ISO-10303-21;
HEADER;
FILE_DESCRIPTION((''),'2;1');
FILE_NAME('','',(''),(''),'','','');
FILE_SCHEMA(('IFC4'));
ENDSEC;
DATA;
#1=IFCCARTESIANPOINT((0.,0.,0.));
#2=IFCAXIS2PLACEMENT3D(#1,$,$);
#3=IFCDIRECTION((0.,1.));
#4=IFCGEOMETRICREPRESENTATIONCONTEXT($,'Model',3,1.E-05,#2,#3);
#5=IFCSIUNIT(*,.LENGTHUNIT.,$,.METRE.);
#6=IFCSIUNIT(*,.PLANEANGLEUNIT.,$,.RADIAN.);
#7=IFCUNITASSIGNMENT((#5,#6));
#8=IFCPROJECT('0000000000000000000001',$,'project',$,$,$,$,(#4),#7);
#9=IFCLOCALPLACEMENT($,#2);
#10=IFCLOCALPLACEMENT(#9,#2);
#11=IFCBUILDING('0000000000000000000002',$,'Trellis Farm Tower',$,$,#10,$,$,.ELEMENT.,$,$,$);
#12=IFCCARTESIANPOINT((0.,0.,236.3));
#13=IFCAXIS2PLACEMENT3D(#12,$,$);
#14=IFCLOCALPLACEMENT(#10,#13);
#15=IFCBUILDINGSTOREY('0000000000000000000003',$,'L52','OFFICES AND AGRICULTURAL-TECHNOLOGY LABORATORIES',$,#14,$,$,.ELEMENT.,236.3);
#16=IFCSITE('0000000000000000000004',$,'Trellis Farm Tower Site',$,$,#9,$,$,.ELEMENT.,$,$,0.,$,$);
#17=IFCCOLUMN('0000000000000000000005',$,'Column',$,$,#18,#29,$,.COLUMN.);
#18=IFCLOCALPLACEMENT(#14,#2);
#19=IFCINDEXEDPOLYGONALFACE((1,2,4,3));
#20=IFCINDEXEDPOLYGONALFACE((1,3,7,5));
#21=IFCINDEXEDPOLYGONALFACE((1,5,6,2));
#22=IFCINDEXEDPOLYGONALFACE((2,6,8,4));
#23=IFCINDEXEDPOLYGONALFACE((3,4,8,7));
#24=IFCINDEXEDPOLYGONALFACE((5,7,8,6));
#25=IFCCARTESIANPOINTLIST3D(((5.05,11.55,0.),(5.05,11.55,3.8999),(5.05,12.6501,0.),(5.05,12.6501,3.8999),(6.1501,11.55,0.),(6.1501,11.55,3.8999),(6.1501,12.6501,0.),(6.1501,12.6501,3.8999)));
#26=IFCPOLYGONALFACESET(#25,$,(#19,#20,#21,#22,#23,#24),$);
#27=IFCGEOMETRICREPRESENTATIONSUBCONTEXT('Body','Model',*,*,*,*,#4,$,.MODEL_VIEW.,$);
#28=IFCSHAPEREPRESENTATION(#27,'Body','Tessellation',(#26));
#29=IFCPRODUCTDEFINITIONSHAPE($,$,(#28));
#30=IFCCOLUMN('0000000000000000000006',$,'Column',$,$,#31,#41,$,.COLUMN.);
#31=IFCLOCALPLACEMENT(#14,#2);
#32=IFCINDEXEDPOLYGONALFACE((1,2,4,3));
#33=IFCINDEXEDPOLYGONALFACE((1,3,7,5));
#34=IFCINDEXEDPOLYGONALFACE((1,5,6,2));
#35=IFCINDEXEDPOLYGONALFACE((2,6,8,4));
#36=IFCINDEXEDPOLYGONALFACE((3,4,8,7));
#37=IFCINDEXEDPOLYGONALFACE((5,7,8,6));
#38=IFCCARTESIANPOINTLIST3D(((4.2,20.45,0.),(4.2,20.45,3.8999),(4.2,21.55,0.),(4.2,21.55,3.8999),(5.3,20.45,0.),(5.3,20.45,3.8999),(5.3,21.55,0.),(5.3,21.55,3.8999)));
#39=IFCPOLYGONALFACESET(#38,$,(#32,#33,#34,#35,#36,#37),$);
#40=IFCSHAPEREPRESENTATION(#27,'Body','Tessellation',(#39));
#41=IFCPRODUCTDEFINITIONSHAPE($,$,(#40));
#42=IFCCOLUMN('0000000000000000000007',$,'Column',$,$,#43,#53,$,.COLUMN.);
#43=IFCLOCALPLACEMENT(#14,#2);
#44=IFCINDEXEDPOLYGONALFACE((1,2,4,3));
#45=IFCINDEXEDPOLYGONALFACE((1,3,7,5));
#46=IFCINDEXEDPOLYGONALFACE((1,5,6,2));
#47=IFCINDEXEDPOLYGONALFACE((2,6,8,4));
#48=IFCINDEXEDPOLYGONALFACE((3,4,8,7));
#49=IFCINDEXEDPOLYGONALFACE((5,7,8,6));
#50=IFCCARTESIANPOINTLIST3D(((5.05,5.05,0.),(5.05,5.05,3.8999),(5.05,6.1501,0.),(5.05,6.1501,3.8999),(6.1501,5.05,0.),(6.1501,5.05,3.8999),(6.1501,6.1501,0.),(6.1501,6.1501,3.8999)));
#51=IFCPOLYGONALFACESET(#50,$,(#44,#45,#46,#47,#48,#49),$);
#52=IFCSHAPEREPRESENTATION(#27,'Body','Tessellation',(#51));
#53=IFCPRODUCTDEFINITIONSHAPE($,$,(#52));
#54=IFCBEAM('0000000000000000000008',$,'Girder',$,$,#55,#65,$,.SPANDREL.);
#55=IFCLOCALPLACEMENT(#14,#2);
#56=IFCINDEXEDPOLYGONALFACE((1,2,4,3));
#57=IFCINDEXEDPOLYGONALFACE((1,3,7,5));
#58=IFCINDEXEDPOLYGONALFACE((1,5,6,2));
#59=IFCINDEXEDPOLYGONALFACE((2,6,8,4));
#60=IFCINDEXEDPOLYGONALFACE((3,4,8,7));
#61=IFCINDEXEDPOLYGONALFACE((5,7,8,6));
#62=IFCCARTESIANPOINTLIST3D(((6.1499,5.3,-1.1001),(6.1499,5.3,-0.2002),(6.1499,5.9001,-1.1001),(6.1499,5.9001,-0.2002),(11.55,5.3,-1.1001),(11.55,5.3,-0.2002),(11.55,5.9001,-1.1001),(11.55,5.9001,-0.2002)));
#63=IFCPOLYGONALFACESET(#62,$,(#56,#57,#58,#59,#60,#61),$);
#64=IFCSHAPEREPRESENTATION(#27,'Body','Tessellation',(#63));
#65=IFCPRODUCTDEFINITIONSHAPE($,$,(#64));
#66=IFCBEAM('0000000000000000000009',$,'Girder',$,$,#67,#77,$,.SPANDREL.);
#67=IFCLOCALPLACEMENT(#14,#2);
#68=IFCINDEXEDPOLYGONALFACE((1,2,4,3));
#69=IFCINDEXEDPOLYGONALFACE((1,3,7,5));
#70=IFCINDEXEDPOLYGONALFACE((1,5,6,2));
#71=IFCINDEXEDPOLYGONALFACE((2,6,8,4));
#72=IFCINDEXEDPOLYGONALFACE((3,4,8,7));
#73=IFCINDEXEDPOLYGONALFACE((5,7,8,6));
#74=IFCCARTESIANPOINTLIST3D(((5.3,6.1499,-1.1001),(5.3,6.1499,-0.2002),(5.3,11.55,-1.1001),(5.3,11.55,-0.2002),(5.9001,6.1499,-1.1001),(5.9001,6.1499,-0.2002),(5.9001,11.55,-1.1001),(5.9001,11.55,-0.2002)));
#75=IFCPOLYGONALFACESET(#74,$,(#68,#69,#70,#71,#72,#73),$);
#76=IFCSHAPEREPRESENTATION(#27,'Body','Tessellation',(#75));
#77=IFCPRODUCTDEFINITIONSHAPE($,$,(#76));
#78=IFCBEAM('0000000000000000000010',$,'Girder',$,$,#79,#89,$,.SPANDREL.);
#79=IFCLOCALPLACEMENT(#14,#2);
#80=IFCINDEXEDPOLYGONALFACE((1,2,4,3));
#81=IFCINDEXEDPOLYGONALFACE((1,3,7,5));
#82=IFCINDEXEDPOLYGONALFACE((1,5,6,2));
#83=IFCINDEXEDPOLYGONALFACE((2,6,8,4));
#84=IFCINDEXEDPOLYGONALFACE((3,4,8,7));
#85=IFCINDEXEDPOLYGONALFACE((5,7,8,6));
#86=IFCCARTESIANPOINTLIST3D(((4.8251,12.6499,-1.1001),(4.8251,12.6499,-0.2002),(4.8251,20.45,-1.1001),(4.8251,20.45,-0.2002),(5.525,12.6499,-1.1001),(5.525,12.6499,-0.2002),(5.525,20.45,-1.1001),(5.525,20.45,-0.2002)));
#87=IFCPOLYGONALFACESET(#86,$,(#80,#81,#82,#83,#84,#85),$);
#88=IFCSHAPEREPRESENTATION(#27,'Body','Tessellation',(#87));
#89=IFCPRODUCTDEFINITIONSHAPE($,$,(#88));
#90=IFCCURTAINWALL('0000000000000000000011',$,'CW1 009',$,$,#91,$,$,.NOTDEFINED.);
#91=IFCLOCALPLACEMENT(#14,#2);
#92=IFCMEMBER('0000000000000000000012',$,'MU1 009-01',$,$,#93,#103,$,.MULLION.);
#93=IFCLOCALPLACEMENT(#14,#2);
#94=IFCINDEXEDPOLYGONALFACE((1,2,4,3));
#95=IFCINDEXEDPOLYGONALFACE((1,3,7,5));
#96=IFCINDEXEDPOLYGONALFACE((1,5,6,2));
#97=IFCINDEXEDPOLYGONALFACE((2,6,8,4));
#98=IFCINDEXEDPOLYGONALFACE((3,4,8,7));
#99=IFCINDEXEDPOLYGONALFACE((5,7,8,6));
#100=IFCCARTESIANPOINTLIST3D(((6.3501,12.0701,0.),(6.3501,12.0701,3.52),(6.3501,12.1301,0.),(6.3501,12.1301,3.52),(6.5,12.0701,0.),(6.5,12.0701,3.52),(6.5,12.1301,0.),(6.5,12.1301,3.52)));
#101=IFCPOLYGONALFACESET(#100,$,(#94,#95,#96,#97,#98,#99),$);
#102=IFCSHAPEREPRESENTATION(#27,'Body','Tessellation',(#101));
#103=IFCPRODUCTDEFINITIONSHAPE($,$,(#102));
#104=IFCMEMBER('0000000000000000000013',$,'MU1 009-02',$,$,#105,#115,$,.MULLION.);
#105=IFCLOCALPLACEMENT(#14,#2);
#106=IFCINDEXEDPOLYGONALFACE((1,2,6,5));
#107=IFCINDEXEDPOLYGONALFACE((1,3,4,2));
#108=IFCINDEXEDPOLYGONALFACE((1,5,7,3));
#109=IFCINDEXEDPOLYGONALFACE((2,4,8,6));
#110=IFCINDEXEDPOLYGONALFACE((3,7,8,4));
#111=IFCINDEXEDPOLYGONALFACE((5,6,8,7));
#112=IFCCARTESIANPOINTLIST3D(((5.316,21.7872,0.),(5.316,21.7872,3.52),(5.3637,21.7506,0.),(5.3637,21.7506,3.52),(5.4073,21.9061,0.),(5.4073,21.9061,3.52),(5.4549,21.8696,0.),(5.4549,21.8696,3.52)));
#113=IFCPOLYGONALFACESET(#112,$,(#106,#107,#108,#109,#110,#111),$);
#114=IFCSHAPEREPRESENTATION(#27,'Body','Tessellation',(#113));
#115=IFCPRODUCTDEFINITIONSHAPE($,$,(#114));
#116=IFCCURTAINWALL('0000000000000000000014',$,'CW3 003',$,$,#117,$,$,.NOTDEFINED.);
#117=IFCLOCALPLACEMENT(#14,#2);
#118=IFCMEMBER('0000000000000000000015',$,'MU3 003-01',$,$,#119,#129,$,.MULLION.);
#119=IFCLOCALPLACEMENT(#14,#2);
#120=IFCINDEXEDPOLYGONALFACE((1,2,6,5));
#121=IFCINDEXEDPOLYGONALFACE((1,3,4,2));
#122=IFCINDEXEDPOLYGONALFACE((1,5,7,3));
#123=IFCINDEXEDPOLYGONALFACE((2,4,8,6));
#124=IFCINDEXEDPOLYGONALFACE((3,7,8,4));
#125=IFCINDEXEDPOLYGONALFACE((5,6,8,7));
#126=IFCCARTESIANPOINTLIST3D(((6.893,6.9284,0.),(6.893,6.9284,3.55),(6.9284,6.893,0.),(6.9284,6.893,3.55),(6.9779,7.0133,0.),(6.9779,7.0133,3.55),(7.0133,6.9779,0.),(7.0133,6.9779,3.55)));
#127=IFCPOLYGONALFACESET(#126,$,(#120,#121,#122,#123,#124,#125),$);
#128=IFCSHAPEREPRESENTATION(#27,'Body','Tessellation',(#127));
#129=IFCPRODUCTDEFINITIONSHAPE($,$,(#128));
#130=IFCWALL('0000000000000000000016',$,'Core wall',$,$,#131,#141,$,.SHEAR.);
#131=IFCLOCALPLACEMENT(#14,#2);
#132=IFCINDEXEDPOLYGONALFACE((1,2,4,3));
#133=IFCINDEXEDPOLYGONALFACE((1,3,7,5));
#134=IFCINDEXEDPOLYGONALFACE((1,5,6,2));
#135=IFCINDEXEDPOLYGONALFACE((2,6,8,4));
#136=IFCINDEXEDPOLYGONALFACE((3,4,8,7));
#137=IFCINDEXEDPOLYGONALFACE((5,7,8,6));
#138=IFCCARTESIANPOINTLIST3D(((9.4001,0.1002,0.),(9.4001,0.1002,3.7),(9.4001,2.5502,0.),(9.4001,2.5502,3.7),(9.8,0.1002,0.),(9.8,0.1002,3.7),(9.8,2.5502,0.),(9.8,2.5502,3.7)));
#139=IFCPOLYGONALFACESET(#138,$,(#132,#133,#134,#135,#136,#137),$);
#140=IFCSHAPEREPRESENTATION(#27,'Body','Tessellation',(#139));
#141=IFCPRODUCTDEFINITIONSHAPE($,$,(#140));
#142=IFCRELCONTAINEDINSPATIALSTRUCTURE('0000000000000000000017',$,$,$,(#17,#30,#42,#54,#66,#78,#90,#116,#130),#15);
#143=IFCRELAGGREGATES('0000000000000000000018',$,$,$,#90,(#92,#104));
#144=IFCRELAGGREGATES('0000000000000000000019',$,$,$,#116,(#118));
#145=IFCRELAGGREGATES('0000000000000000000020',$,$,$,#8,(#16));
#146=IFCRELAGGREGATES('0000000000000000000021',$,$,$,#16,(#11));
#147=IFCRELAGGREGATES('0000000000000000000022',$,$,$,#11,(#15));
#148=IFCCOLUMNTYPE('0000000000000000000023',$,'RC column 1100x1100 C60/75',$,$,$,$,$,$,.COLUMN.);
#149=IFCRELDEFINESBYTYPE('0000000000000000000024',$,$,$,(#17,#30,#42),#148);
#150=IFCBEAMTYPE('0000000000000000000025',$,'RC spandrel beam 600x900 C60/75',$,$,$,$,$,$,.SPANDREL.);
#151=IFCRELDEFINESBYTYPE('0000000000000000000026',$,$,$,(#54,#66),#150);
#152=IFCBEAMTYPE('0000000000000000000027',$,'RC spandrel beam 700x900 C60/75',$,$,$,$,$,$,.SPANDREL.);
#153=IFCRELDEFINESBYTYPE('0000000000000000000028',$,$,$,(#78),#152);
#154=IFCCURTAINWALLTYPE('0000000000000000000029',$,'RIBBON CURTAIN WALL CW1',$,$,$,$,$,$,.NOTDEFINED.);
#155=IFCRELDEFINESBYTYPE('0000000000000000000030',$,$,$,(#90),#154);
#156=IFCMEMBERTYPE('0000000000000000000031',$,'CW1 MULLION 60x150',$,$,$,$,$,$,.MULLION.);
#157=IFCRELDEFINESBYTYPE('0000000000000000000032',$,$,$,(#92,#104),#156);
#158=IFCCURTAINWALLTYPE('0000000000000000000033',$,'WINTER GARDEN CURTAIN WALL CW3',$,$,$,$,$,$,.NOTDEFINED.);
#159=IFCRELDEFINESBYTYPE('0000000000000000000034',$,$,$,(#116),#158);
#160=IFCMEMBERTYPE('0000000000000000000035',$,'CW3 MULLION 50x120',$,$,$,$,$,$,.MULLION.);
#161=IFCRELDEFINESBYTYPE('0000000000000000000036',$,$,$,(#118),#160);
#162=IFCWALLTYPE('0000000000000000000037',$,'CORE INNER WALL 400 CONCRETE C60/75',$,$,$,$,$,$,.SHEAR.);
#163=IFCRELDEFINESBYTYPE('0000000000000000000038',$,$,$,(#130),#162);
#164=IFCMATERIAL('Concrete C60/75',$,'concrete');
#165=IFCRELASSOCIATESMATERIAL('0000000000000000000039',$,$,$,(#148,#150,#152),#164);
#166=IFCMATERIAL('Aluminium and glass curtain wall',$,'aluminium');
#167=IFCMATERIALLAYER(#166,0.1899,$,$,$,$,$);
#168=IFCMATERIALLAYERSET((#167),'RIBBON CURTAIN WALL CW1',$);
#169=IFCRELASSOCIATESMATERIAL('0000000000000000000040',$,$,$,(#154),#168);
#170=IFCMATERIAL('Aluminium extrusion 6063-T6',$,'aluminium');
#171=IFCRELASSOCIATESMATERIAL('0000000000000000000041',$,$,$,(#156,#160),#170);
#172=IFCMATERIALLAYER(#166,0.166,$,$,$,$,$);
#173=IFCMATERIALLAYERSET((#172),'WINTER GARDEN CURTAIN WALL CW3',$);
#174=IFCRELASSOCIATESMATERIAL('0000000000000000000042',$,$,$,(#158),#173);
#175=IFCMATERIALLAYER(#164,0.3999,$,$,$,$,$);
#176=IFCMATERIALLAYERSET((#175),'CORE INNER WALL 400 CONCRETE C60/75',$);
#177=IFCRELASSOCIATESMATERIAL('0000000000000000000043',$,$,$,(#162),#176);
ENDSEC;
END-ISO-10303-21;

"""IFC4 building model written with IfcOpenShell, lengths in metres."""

from ifc_helpers import new_model, si_unit, direction, frame, frame_2d, origin, origin_2d, place, context, subcontext, project, spatial, rectangle, extrude, source, transform, mapped, material, layer, layer_set, material_profile, profile_set, type_object, element, aggregate, save


model = new_model("IFC4")

# Units and contexts
model_context = context("Model", 3, precision=1e-05, world=origin(), true_north=direction((0.0, 1.0)))
body_context = subcontext(model_context, "Body", "Model", "MODEL_VIEW")
ifc_project = project(units=[si_unit("LENGTHUNIT", "METRE"), si_unit("PLANEANGLEUNIT", "RADIAN")], contexts=[model_context])

# Site, building, storey
site_placement = place(None, origin())
site = spatial("IfcSite", under=ifc_project, at=site_placement, Name="Trellis Farm Tower Site", CompositionType="ELEMENT", RefElevation=0.0)
building_placement = place(site_placement, origin())
building = spatial("IfcBuilding", under=site, at=building_placement, Name="Trellis Farm Tower", CompositionType="ELEMENT")
storey_placement = place(building_placement, frame((0.0, 0.0, 236.3)))
storey = spatial("IfcBuildingStorey", under=building, at=storey_placement, Name="L52", Description="OFFICES AND AGRICULTURAL-TECHNOLOGY LABORATORIES", CompositionType="ELEMENT", Elevation=236.3)

# Columns
ifc_material_1 = material(Name="Concrete C60/75", Category="concrete")
ifc_material_profile_1 = material_profile(ifc_material_1, rectangle(XDim=1.1001, YDim=1.1001, at=origin_2d()), Name="RC column 1100x1100 C60/75")
ifc_profile_set_1 = profile_set([ifc_material_profile_1], Name="Concrete C60/75")
column_type = type_object("IfcColumnType", Name="RC column 1100x1100 C60/75", PredefinedType="COLUMN", material=ifc_profile_set_1)
shared_shape_1 = source(origin(), body_context, "Body", "SweptSolid", [
    extrude(rectangle(XDim=1.1001, YDim=1.1001, at=origin_2d()), origin(), (0.0, 0.0, 1.0), 3.8999),
])
for number, where, z_axis, x_axis, name in (
    (1, (5.6001, 12.1001, 0.0), (0.0, 0.0, 1.0), (1.0, 0.0, 0.0), "Column"),
    (2, (4.75, 21.0, 0.0), (0.0, 0.0, 1.0), (1.0, 0.0, 0.0), "Column"),
    (3, (5.6001, 5.6001, 0.0), (0.0, 0.0, 1.0), (1.0, 0.0, 0.0), "Column"),
):
    element("IfcColumn", number, at=place(storey_placement, frame(where, z_axis=z_axis, x_axis=x_axis)), inside=storey, type_object=column_type, Name=name, PredefinedType="COLUMN", context=body_context, shape_type="MappedRepresentation", body=[
        mapped(shared_shape_1, transform((0.0, 0.0, 0.0))),
    ])

# Beams
ifc_material_profile_2 = material_profile(ifc_material_1, rectangle(XDim=0.6001, YDim=0.8999, at=origin_2d()), Name="RC spandrel beam 600x900 C60/75")
ifc_profile_set_2 = profile_set([ifc_material_profile_2], Name="Concrete C60/75")
beam_type_1 = type_object("IfcBeamType", Name="RC spandrel beam 600x900 C60/75", PredefinedType="SPANDREL", material=ifc_profile_set_2)
shared_shape_2 = source(origin(), body_context, "Body", "SweptSolid", [
    extrude(rectangle(XDim=0.6001, YDim=0.8999, at=origin_2d()), origin(), (0.0, 0.0, 1.0), 5.4001),
])
for number, where, z_axis, x_axis, name in (
    (4, (6.1499, 5.6001, -0.6501), (1.0, 0.0, 0.0), (0.0, 1.0, 0.0), "Girder"),
    (5, (5.6001, 6.1499, -0.6501), (0.0, 1.0, 0.0), (-1.0, 0.0, 0.0), "Girder"),
):
    element("IfcBeam", number, at=place(storey_placement, frame(where, z_axis=z_axis, x_axis=x_axis)), inside=storey, type_object=beam_type_1, Name=name, PredefinedType="SPANDREL", context=body_context, shape_type="MappedRepresentation", body=[
        mapped(shared_shape_2, transform((0.0, 0.0, 0.0))),
    ])
ifc_material_profile_3 = material_profile(ifc_material_1, rectangle(XDim=0.7, YDim=0.8999, at=origin_2d()), Name="RC spandrel beam 700x900 C60/75")
ifc_profile_set_3 = profile_set([ifc_material_profile_3], Name="Concrete C60/75")
beam_type_2 = type_object("IfcBeamType", Name="RC spandrel beam 700x900 C60/75", PredefinedType="SPANDREL", material=ifc_profile_set_3)
shared_shape_3 = source(origin(), body_context, "Body", "SweptSolid", [
    extrude(rectangle(XDim=0.7, YDim=0.8999, at=origin_2d()), origin(), (0.0, 0.0, 1.0), 7.8),
])
beam_placement = place(storey_placement, frame((5.175, 12.6499, -0.6501), z_axis=(0.0, 1.0, 0.0), x_axis=(-1.0, 0.0, 0.0)))
element("IfcBeam", 6, at=beam_placement, inside=storey, type_object=beam_type_2, Name="Girder", PredefinedType="SPANDREL", context=body_context, shape_type="MappedRepresentation", body=[
    mapped(shared_shape_3, transform((0.0, 0.0, 0.0))),
])

# Curtain wall, members
ifc_material_2 = material(Name="Aluminium and glass curtain wall", Category="aluminium")
ifc_layer_1 = layer(ifc_material_2, 0.1899)
ifc_layer_set_1 = layer_set([ifc_layer_1], Name="RIBBON CURTAIN WALL CW1")
curtain_wall_type_1 = type_object("IfcCurtainWallType", Name="RIBBON CURTAIN WALL CW1", PredefinedType="NOTDEFINED", material=ifc_layer_set_1)
placement = place(storey_placement, origin())
curtain_wall_1 = element("IfcCurtainWall", 7, at=placement, inside=storey, type_object=curtain_wall_type_1, Name="CW1 009", PredefinedType="NOTDEFINED")
ifc_material_3 = material(Name="Aluminium extrusion 6063-T6", Category="aluminium")
ifc_material_profile_4 = material_profile(ifc_material_3, rectangle(XDim=0.0601, YDim=0.1499, at=origin_2d()), Name="MULLION 60x150")
ifc_profile_set_4 = profile_set([ifc_material_profile_4], Name="Aluminium extrusion 6063-T6")
member_type_1 = type_object("IfcMemberType", Name="CW1 MULLION 60x150", PredefinedType="MULLION", material=ifc_profile_set_4)
shared_shape_4 = source(origin(), body_context, "Body", "SweptSolid", [
    extrude(rectangle(XDim=0.0601, YDim=0.1499, at=origin_2d()), origin(), (0.0, 0.0, 1.0), 3.52),
])
member_1_placement = place(storey_placement, frame((6.425, 12.1001, 0.0), z_axis=(0.0, 0.0, 1.0), x_axis=(0.0, 1.0, 0.0)))
member_1 = element("IfcMember", 8, at=member_1_placement, type_object=member_type_1, Name="MU1 009-01", PredefinedType="MULLION", context=body_context, shape_type="MappedRepresentation", body=[
    mapped(shared_shape_4, transform((0.0, 0.0, 0.0))),
])
member_2_placement = place(storey_placement, frame((5.3855, 21.8284, 0.0), z_axis=(0.0, 0.0, 1.0), x_axis=(-0.793353, 0.608761, 0.0)))
member_2 = element("IfcMember", 9, at=member_2_placement, type_object=member_type_1, Name="MU1 009-02", PredefinedType="MULLION", context=body_context, shape_type="MappedRepresentation", body=[
    mapped(shared_shape_4, transform((0.0, 0.0, 0.0))),
])
aggregate(curtain_wall_1, [member_1, member_2])

# Curtain wall, member
ifc_layer_2 = layer(ifc_material_2, 0.166)
ifc_layer_set_2 = layer_set([ifc_layer_2], Name="WINTER GARDEN CURTAIN WALL CW3")
curtain_wall_type_2 = type_object("IfcCurtainWallType", Name="WINTER GARDEN CURTAIN WALL CW3", PredefinedType="NOTDEFINED", material=ifc_layer_set_2)
curtain_wall_2 = element("IfcCurtainWall", 10, at=placement, inside=storey, type_object=curtain_wall_type_2, Name="CW3 003", PredefinedType="NOTDEFINED")
ifc_material_profile_5 = material_profile(ifc_material_3, rectangle(XDim=0.05, YDim=0.1201, at=origin_2d()), Name="MULLION 50x120")
ifc_profile_set_5 = profile_set([ifc_material_profile_5], Name="Aluminium extrusion 6063-T6")
member_type_2 = type_object("IfcMemberType", Name="CW3 MULLION 50x120", PredefinedType="MULLION", material=ifc_profile_set_5)
shared_shape_5 = source(origin(), body_context, "Body", "SweptSolid", [
    extrude(rectangle(XDim=0.05, YDim=0.1201, at=origin_2d()), origin(), (0.0, 0.0, 1.0), 3.55),
])
member_3_placement = place(storey_placement, frame((6.9531, 6.9531, 0.0), z_axis=(0.0, 0.0, 1.0), x_axis=(-0.707107, 0.707107, 0.0)))
member_3 = element("IfcMember", 11, at=member_3_placement, type_object=member_type_2, Name="MU3 003-01", PredefinedType="MULLION", context=body_context, shape_type="MappedRepresentation", body=[
    mapped(shared_shape_5, transform((0.0, 0.0, 0.0))),
])
aggregate(curtain_wall_2, [member_3])

# Wall
ifc_layer_3 = layer(ifc_material_1, 0.3999)
ifc_layer_set_3 = layer_set([ifc_layer_3], Name="CORE INNER WALL 400 CONCRETE C60/75")
wall_type_1 = type_object("IfcWallType", Name="CORE INNER WALL 400 CONCRETE C60/75", PredefinedType="SHEAR", material=ifc_layer_set_3)
shared_shape_6 = source(origin(), body_context, "Body", "SweptSolid", [
    extrude(rectangle(XDim=2.45, YDim=0.3999, at=frame_2d((1.2251, 0.0))), origin(), (0.0, 0.0, 1.0), 3.7),
])
wall_1_placement = place(storey_placement, frame((9.6001, 0.1001, 0.0), z_axis=(0.0, 0.0, 1.0), x_axis=(0.0, 1.0, 0.0)))
element("IfcWall", 12, at=wall_1_placement, inside=storey, type_object=wall_type_1, Name="Core wall", PredefinedType="SHEAR", context=body_context, shape_type="MappedRepresentation", body=[
    mapped(shared_shape_6, transform((0.0, 0.0, 0.0))),
])

save(model, "model.ifc")
